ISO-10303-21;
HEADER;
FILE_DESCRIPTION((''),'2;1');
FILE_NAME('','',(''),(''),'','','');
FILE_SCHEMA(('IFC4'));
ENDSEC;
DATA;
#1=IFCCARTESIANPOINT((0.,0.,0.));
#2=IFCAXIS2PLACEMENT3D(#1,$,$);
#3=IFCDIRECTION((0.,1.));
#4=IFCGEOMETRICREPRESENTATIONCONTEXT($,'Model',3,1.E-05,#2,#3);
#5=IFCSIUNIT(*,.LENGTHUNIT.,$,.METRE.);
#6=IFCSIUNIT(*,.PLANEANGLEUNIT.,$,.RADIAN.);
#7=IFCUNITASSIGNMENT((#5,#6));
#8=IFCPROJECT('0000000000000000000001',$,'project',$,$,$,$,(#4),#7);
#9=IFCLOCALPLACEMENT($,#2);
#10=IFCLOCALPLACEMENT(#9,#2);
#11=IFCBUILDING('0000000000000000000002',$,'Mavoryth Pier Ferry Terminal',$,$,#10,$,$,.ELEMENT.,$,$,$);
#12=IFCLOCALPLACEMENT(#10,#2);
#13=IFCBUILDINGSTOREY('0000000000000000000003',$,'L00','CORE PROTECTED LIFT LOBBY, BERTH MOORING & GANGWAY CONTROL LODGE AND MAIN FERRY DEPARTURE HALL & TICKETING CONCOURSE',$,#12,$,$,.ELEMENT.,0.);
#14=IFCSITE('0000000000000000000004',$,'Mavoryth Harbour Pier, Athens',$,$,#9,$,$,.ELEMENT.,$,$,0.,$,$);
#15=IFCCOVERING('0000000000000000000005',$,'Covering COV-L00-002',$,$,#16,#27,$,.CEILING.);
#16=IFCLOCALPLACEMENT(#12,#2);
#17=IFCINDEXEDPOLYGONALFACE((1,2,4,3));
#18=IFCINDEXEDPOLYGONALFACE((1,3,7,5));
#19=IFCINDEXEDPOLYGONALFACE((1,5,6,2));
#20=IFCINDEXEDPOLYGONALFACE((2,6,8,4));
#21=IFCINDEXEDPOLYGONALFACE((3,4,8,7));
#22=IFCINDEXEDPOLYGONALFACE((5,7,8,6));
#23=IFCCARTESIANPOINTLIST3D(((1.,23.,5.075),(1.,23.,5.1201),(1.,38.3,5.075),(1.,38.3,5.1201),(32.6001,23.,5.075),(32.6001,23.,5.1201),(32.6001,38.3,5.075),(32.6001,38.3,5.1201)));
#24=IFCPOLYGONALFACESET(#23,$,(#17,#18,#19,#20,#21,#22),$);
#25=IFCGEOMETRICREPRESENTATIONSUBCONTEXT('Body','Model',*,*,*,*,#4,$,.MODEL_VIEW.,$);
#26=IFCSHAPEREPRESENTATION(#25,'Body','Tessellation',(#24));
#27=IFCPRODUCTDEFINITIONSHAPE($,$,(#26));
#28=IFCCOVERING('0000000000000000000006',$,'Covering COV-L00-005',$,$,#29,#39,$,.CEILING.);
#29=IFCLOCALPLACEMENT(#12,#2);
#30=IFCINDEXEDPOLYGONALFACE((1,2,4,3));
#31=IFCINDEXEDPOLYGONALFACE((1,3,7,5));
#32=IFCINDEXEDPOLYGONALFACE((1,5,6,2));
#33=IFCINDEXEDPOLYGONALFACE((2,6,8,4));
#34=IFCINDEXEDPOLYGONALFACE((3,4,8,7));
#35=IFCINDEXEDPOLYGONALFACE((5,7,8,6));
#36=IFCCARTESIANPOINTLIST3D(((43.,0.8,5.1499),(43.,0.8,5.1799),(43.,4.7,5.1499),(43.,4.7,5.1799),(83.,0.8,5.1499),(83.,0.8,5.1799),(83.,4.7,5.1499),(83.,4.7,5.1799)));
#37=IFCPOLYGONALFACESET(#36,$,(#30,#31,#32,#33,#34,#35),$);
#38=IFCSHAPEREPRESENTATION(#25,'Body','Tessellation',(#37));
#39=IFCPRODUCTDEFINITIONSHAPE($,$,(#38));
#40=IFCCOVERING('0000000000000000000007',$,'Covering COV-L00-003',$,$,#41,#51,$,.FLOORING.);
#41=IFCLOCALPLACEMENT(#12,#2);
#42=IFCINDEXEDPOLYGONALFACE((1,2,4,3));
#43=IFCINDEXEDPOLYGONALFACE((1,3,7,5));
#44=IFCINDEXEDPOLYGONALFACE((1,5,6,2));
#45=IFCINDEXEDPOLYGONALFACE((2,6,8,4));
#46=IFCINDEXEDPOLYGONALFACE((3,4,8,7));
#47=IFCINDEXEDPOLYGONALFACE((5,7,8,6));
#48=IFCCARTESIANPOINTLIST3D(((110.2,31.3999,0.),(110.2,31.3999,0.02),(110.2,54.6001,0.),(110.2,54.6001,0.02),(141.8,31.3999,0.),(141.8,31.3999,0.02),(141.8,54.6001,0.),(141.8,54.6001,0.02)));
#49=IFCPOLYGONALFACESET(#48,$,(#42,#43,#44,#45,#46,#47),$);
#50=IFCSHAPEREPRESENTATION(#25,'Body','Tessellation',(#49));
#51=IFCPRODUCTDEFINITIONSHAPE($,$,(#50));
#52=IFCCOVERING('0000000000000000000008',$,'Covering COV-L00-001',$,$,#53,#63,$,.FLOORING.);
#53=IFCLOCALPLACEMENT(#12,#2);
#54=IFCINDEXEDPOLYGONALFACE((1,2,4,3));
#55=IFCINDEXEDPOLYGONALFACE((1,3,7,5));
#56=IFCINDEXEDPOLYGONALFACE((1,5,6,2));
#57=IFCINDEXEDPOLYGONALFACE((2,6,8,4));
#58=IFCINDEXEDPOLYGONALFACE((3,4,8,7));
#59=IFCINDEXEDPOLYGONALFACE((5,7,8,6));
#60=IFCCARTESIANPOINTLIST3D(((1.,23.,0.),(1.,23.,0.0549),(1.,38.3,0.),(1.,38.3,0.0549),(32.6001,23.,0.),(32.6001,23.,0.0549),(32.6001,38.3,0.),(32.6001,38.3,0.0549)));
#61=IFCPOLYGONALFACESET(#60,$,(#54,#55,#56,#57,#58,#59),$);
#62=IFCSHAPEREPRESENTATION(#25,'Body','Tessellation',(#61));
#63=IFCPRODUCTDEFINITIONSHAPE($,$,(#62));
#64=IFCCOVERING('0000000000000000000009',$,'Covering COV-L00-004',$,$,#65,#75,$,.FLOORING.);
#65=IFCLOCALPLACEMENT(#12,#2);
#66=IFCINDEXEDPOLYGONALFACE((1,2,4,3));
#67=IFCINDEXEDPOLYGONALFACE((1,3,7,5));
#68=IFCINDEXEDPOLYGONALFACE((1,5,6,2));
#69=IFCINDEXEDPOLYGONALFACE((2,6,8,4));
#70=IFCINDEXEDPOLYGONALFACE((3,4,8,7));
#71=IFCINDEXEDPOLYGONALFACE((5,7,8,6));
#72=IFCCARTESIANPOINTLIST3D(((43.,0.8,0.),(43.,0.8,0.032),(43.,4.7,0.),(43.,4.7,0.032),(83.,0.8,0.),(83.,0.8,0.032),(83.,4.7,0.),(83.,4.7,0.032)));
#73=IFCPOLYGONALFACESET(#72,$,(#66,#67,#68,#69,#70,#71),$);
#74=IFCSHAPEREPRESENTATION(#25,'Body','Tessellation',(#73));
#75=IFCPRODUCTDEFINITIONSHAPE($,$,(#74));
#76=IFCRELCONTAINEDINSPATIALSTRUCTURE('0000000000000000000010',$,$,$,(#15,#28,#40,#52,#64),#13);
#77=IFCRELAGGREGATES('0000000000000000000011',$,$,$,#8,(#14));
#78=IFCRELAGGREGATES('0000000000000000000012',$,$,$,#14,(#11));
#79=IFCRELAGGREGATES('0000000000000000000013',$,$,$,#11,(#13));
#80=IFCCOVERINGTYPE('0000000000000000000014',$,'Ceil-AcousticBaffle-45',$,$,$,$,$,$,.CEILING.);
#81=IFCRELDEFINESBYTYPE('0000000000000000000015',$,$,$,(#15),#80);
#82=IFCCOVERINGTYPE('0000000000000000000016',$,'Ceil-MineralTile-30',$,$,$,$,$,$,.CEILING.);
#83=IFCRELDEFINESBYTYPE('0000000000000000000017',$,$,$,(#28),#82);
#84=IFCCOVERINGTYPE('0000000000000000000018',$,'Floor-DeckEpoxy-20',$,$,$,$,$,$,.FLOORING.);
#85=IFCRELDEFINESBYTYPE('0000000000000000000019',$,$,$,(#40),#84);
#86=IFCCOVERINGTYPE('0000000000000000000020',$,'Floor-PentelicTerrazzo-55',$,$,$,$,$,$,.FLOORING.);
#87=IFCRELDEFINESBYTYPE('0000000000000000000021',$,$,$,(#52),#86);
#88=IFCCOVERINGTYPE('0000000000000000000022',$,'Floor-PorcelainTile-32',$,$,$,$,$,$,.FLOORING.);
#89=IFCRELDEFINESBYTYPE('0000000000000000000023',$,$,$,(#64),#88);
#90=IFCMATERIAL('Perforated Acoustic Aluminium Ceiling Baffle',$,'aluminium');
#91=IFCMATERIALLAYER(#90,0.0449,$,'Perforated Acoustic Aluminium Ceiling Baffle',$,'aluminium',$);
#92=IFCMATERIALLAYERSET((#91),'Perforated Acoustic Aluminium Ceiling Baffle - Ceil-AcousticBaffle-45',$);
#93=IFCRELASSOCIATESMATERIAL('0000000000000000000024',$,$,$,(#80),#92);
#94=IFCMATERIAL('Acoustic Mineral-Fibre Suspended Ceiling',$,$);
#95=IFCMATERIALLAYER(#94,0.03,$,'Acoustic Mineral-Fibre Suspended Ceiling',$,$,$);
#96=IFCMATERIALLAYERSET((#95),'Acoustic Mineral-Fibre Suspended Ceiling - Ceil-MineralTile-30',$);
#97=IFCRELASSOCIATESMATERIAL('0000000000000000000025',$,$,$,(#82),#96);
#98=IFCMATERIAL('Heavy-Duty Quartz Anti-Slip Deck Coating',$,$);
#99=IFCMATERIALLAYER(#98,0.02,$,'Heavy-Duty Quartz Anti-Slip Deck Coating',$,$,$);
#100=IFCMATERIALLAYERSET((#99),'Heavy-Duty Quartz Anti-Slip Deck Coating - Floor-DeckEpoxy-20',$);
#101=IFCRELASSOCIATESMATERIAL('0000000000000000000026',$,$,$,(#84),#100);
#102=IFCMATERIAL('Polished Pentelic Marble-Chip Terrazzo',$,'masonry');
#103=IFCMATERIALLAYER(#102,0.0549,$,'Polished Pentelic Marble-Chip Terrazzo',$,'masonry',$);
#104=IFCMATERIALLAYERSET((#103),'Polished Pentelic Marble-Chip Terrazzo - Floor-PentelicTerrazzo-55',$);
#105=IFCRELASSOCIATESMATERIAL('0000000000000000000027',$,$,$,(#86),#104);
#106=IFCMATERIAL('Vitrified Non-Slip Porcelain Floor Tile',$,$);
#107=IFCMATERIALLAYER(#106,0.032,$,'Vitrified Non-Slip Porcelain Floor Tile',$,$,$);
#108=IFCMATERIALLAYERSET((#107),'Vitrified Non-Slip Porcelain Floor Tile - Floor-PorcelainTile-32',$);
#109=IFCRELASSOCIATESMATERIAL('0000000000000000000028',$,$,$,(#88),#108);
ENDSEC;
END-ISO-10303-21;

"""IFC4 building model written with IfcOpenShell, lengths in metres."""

from ifc_helpers import new_model, si_unit, direction, frame, origin, place, context, subcontext, project, spatial, polyline, outline, extrude, material, layer, layer_set, type_object, element, save


model = new_model("IFC4")

# Units and contexts
model_context = context("Model", 3, precision=1e-05, world=origin(), true_north=direction((0.0, 1.0)))
body_context = subcontext(model_context, "Body", "Model", "MODEL_VIEW")
ifc_project = project(units=[si_unit("LENGTHUNIT", "METRE"), si_unit("PLANEANGLEUNIT", "RADIAN")], contexts=[model_context])

# Site, building, storey
site_placement = place(None, origin())
site = spatial("IfcSite", under=ifc_project, at=site_placement, Name="Mavoryth Harbour Pier, Athens", CompositionType="ELEMENT", RefElevation=0.0)
building_placement = place(site_placement, origin())
building = spatial("IfcBuilding", under=site, at=building_placement, Name="Mavoryth Pier Ferry Terminal", CompositionType="ELEMENT")
storey_placement = place(building_placement, origin())
storey = spatial("IfcBuildingStorey", under=building, at=storey_placement, Name="L00", Description="CORE PROTECTED LIFT LOBBY, BERTH MOORING & GANGWAY CONTROL LODGE AND MAIN FERRY DEPARTURE HALL & TICKETING CONCOURSE", CompositionType="ELEMENT", Elevation=0.0)

# Coverings
ifc_material_1 = material(Name="Perforated Acoustic Aluminium Ceiling Baffle", Category="aluminium")
ifc_layer_1 = layer(ifc_material_1, 0.0449, Name="Perforated Acoustic Aluminium Ceiling Baffle", Category="aluminium")
ifc_layer_set_1 = layer_set([ifc_layer_1], Name="Perforated Acoustic Aluminium Ceiling Baffle - Ceil-AcousticBaffle-45")
covering_type_1 = type_object("IfcCoveringType", Name="Ceil-AcousticBaffle-45", PredefinedType="CEILING", material=ifc_layer_set_1)
covering_1_placement = place(storey_placement, frame((0.0, 0.0, 5.075)))
element("IfcCovering", 1, at=covering_1_placement, inside=storey, type_object=covering_type_1, Name="Covering COV-L00-002", PredefinedType="CEILING", context=body_context, shape_type="SweptSolid", body=[
    extrude(outline(polyline([(1.0, 23.0), (32.6001, 23.0), (32.6001, 38.3), (1.0, 38.3), (1.0, 23.0)])), origin(), (0.0, 0.0, 1.0), 0.0452),
])
ifc_material_2 = material(Name="Acoustic Mineral-Fibre Suspended Ceiling")
ifc_layer_2 = layer(ifc_material_2, 0.03, Name="Acoustic Mineral-Fibre Suspended Ceiling")
ifc_layer_set_2 = layer_set([ifc_layer_2], Name="Acoustic Mineral-Fibre Suspended Ceiling - Ceil-MineralTile-30")
covering_type_2 = type_object("IfcCoveringType", Name="Ceil-MineralTile-30", PredefinedType="CEILING", material=ifc_layer_set_2)
covering_2_placement = place(storey_placement, frame((0.0, 0.0, 5.1499)))
element("IfcCovering", 2, at=covering_2_placement, inside=storey, type_object=covering_type_2, Name="Covering COV-L00-005", PredefinedType="CEILING", context=body_context, shape_type="SweptSolid", body=[
    extrude(outline(polyline([(43.0, 0.8), (83.0, 0.8), (83.0, 4.7), (43.0, 4.7), (43.0, 0.8)])), origin(), (0.0, 0.0, 1.0), 0.03),
])
ifc_material_3 = material(Name="Heavy-Duty Quartz Anti-Slip Deck Coating")
ifc_layer_3 = layer(ifc_material_3, 0.02, Name="Heavy-Duty Quartz Anti-Slip Deck Coating")
ifc_layer_set_3 = layer_set([ifc_layer_3], Name="Heavy-Duty Quartz Anti-Slip Deck Coating - Floor-DeckEpoxy-20")
covering_type_3 = type_object("IfcCoveringType", Name="Floor-DeckEpoxy-20", PredefinedType="FLOORING", material=ifc_layer_set_3)
covering_3_placement = place(storey_placement, origin())
element("IfcCovering", 3, at=covering_3_placement, inside=storey, type_object=covering_type_3, Name="Covering COV-L00-003", PredefinedType="FLOORING", context=body_context, shape_type="SweptSolid", body=[
    extrude(outline(polyline([(110.2, 31.3999), (141.8, 31.3999), (141.8, 54.6001), (110.2, 54.6001), (110.2, 31.3999)])), origin(), (0.0, 0.0, 1.0), 0.02),
])
ifc_material_4 = material(Name="Polished Pentelic Marble-Chip Terrazzo", Category="masonry")
ifc_layer_4 = layer(ifc_material_4, 0.0549, Name="Polished Pentelic Marble-Chip Terrazzo", Category="masonry")
ifc_layer_set_4 = layer_set([ifc_layer_4], Name="Polished Pentelic Marble-Chip Terrazzo - Floor-PentelicTerrazzo-55")
covering_type_4 = type_object("IfcCoveringType", Name="Floor-PentelicTerrazzo-55", PredefinedType="FLOORING", material=ifc_layer_set_4)
covering_4_placement = place(storey_placement, origin())
element("IfcCovering", 4, at=covering_4_placement, inside=storey, type_object=covering_type_4, Name="Covering COV-L00-001", PredefinedType="FLOORING", context=body_context, shape_type="SweptSolid", body=[
    extrude(outline(polyline([(1.0, 23.0), (32.6001, 23.0), (32.6001, 38.3), (1.0, 38.3), (1.0, 23.0)])), origin(), (0.0, 0.0, 1.0), 0.0549),
])
ifc_material_5 = material(Name="Vitrified Non-Slip Porcelain Floor Tile")
ifc_layer_5 = layer(ifc_material_5, 0.032, Name="Vitrified Non-Slip Porcelain Floor Tile")
ifc_layer_set_5 = layer_set([ifc_layer_5], Name="Vitrified Non-Slip Porcelain Floor Tile - Floor-PorcelainTile-32")
covering_type_5 = type_object("IfcCoveringType", Name="Floor-PorcelainTile-32", PredefinedType="FLOORING", material=ifc_layer_set_5)
covering_5_placement = place(storey_placement, origin())
element("IfcCovering", 5, at=covering_5_placement, inside=storey, type_object=covering_type_5, Name="Covering COV-L00-004", PredefinedType="FLOORING", context=body_context, shape_type="SweptSolid", body=[
    extrude(outline(polyline([(43.0, 0.8), (83.0, 0.8), (83.0, 4.7), (43.0, 4.7), (43.0, 0.8)])), origin(), (0.0, 0.0, 1.0), 0.032),
])

save(model, "model.ifc")
